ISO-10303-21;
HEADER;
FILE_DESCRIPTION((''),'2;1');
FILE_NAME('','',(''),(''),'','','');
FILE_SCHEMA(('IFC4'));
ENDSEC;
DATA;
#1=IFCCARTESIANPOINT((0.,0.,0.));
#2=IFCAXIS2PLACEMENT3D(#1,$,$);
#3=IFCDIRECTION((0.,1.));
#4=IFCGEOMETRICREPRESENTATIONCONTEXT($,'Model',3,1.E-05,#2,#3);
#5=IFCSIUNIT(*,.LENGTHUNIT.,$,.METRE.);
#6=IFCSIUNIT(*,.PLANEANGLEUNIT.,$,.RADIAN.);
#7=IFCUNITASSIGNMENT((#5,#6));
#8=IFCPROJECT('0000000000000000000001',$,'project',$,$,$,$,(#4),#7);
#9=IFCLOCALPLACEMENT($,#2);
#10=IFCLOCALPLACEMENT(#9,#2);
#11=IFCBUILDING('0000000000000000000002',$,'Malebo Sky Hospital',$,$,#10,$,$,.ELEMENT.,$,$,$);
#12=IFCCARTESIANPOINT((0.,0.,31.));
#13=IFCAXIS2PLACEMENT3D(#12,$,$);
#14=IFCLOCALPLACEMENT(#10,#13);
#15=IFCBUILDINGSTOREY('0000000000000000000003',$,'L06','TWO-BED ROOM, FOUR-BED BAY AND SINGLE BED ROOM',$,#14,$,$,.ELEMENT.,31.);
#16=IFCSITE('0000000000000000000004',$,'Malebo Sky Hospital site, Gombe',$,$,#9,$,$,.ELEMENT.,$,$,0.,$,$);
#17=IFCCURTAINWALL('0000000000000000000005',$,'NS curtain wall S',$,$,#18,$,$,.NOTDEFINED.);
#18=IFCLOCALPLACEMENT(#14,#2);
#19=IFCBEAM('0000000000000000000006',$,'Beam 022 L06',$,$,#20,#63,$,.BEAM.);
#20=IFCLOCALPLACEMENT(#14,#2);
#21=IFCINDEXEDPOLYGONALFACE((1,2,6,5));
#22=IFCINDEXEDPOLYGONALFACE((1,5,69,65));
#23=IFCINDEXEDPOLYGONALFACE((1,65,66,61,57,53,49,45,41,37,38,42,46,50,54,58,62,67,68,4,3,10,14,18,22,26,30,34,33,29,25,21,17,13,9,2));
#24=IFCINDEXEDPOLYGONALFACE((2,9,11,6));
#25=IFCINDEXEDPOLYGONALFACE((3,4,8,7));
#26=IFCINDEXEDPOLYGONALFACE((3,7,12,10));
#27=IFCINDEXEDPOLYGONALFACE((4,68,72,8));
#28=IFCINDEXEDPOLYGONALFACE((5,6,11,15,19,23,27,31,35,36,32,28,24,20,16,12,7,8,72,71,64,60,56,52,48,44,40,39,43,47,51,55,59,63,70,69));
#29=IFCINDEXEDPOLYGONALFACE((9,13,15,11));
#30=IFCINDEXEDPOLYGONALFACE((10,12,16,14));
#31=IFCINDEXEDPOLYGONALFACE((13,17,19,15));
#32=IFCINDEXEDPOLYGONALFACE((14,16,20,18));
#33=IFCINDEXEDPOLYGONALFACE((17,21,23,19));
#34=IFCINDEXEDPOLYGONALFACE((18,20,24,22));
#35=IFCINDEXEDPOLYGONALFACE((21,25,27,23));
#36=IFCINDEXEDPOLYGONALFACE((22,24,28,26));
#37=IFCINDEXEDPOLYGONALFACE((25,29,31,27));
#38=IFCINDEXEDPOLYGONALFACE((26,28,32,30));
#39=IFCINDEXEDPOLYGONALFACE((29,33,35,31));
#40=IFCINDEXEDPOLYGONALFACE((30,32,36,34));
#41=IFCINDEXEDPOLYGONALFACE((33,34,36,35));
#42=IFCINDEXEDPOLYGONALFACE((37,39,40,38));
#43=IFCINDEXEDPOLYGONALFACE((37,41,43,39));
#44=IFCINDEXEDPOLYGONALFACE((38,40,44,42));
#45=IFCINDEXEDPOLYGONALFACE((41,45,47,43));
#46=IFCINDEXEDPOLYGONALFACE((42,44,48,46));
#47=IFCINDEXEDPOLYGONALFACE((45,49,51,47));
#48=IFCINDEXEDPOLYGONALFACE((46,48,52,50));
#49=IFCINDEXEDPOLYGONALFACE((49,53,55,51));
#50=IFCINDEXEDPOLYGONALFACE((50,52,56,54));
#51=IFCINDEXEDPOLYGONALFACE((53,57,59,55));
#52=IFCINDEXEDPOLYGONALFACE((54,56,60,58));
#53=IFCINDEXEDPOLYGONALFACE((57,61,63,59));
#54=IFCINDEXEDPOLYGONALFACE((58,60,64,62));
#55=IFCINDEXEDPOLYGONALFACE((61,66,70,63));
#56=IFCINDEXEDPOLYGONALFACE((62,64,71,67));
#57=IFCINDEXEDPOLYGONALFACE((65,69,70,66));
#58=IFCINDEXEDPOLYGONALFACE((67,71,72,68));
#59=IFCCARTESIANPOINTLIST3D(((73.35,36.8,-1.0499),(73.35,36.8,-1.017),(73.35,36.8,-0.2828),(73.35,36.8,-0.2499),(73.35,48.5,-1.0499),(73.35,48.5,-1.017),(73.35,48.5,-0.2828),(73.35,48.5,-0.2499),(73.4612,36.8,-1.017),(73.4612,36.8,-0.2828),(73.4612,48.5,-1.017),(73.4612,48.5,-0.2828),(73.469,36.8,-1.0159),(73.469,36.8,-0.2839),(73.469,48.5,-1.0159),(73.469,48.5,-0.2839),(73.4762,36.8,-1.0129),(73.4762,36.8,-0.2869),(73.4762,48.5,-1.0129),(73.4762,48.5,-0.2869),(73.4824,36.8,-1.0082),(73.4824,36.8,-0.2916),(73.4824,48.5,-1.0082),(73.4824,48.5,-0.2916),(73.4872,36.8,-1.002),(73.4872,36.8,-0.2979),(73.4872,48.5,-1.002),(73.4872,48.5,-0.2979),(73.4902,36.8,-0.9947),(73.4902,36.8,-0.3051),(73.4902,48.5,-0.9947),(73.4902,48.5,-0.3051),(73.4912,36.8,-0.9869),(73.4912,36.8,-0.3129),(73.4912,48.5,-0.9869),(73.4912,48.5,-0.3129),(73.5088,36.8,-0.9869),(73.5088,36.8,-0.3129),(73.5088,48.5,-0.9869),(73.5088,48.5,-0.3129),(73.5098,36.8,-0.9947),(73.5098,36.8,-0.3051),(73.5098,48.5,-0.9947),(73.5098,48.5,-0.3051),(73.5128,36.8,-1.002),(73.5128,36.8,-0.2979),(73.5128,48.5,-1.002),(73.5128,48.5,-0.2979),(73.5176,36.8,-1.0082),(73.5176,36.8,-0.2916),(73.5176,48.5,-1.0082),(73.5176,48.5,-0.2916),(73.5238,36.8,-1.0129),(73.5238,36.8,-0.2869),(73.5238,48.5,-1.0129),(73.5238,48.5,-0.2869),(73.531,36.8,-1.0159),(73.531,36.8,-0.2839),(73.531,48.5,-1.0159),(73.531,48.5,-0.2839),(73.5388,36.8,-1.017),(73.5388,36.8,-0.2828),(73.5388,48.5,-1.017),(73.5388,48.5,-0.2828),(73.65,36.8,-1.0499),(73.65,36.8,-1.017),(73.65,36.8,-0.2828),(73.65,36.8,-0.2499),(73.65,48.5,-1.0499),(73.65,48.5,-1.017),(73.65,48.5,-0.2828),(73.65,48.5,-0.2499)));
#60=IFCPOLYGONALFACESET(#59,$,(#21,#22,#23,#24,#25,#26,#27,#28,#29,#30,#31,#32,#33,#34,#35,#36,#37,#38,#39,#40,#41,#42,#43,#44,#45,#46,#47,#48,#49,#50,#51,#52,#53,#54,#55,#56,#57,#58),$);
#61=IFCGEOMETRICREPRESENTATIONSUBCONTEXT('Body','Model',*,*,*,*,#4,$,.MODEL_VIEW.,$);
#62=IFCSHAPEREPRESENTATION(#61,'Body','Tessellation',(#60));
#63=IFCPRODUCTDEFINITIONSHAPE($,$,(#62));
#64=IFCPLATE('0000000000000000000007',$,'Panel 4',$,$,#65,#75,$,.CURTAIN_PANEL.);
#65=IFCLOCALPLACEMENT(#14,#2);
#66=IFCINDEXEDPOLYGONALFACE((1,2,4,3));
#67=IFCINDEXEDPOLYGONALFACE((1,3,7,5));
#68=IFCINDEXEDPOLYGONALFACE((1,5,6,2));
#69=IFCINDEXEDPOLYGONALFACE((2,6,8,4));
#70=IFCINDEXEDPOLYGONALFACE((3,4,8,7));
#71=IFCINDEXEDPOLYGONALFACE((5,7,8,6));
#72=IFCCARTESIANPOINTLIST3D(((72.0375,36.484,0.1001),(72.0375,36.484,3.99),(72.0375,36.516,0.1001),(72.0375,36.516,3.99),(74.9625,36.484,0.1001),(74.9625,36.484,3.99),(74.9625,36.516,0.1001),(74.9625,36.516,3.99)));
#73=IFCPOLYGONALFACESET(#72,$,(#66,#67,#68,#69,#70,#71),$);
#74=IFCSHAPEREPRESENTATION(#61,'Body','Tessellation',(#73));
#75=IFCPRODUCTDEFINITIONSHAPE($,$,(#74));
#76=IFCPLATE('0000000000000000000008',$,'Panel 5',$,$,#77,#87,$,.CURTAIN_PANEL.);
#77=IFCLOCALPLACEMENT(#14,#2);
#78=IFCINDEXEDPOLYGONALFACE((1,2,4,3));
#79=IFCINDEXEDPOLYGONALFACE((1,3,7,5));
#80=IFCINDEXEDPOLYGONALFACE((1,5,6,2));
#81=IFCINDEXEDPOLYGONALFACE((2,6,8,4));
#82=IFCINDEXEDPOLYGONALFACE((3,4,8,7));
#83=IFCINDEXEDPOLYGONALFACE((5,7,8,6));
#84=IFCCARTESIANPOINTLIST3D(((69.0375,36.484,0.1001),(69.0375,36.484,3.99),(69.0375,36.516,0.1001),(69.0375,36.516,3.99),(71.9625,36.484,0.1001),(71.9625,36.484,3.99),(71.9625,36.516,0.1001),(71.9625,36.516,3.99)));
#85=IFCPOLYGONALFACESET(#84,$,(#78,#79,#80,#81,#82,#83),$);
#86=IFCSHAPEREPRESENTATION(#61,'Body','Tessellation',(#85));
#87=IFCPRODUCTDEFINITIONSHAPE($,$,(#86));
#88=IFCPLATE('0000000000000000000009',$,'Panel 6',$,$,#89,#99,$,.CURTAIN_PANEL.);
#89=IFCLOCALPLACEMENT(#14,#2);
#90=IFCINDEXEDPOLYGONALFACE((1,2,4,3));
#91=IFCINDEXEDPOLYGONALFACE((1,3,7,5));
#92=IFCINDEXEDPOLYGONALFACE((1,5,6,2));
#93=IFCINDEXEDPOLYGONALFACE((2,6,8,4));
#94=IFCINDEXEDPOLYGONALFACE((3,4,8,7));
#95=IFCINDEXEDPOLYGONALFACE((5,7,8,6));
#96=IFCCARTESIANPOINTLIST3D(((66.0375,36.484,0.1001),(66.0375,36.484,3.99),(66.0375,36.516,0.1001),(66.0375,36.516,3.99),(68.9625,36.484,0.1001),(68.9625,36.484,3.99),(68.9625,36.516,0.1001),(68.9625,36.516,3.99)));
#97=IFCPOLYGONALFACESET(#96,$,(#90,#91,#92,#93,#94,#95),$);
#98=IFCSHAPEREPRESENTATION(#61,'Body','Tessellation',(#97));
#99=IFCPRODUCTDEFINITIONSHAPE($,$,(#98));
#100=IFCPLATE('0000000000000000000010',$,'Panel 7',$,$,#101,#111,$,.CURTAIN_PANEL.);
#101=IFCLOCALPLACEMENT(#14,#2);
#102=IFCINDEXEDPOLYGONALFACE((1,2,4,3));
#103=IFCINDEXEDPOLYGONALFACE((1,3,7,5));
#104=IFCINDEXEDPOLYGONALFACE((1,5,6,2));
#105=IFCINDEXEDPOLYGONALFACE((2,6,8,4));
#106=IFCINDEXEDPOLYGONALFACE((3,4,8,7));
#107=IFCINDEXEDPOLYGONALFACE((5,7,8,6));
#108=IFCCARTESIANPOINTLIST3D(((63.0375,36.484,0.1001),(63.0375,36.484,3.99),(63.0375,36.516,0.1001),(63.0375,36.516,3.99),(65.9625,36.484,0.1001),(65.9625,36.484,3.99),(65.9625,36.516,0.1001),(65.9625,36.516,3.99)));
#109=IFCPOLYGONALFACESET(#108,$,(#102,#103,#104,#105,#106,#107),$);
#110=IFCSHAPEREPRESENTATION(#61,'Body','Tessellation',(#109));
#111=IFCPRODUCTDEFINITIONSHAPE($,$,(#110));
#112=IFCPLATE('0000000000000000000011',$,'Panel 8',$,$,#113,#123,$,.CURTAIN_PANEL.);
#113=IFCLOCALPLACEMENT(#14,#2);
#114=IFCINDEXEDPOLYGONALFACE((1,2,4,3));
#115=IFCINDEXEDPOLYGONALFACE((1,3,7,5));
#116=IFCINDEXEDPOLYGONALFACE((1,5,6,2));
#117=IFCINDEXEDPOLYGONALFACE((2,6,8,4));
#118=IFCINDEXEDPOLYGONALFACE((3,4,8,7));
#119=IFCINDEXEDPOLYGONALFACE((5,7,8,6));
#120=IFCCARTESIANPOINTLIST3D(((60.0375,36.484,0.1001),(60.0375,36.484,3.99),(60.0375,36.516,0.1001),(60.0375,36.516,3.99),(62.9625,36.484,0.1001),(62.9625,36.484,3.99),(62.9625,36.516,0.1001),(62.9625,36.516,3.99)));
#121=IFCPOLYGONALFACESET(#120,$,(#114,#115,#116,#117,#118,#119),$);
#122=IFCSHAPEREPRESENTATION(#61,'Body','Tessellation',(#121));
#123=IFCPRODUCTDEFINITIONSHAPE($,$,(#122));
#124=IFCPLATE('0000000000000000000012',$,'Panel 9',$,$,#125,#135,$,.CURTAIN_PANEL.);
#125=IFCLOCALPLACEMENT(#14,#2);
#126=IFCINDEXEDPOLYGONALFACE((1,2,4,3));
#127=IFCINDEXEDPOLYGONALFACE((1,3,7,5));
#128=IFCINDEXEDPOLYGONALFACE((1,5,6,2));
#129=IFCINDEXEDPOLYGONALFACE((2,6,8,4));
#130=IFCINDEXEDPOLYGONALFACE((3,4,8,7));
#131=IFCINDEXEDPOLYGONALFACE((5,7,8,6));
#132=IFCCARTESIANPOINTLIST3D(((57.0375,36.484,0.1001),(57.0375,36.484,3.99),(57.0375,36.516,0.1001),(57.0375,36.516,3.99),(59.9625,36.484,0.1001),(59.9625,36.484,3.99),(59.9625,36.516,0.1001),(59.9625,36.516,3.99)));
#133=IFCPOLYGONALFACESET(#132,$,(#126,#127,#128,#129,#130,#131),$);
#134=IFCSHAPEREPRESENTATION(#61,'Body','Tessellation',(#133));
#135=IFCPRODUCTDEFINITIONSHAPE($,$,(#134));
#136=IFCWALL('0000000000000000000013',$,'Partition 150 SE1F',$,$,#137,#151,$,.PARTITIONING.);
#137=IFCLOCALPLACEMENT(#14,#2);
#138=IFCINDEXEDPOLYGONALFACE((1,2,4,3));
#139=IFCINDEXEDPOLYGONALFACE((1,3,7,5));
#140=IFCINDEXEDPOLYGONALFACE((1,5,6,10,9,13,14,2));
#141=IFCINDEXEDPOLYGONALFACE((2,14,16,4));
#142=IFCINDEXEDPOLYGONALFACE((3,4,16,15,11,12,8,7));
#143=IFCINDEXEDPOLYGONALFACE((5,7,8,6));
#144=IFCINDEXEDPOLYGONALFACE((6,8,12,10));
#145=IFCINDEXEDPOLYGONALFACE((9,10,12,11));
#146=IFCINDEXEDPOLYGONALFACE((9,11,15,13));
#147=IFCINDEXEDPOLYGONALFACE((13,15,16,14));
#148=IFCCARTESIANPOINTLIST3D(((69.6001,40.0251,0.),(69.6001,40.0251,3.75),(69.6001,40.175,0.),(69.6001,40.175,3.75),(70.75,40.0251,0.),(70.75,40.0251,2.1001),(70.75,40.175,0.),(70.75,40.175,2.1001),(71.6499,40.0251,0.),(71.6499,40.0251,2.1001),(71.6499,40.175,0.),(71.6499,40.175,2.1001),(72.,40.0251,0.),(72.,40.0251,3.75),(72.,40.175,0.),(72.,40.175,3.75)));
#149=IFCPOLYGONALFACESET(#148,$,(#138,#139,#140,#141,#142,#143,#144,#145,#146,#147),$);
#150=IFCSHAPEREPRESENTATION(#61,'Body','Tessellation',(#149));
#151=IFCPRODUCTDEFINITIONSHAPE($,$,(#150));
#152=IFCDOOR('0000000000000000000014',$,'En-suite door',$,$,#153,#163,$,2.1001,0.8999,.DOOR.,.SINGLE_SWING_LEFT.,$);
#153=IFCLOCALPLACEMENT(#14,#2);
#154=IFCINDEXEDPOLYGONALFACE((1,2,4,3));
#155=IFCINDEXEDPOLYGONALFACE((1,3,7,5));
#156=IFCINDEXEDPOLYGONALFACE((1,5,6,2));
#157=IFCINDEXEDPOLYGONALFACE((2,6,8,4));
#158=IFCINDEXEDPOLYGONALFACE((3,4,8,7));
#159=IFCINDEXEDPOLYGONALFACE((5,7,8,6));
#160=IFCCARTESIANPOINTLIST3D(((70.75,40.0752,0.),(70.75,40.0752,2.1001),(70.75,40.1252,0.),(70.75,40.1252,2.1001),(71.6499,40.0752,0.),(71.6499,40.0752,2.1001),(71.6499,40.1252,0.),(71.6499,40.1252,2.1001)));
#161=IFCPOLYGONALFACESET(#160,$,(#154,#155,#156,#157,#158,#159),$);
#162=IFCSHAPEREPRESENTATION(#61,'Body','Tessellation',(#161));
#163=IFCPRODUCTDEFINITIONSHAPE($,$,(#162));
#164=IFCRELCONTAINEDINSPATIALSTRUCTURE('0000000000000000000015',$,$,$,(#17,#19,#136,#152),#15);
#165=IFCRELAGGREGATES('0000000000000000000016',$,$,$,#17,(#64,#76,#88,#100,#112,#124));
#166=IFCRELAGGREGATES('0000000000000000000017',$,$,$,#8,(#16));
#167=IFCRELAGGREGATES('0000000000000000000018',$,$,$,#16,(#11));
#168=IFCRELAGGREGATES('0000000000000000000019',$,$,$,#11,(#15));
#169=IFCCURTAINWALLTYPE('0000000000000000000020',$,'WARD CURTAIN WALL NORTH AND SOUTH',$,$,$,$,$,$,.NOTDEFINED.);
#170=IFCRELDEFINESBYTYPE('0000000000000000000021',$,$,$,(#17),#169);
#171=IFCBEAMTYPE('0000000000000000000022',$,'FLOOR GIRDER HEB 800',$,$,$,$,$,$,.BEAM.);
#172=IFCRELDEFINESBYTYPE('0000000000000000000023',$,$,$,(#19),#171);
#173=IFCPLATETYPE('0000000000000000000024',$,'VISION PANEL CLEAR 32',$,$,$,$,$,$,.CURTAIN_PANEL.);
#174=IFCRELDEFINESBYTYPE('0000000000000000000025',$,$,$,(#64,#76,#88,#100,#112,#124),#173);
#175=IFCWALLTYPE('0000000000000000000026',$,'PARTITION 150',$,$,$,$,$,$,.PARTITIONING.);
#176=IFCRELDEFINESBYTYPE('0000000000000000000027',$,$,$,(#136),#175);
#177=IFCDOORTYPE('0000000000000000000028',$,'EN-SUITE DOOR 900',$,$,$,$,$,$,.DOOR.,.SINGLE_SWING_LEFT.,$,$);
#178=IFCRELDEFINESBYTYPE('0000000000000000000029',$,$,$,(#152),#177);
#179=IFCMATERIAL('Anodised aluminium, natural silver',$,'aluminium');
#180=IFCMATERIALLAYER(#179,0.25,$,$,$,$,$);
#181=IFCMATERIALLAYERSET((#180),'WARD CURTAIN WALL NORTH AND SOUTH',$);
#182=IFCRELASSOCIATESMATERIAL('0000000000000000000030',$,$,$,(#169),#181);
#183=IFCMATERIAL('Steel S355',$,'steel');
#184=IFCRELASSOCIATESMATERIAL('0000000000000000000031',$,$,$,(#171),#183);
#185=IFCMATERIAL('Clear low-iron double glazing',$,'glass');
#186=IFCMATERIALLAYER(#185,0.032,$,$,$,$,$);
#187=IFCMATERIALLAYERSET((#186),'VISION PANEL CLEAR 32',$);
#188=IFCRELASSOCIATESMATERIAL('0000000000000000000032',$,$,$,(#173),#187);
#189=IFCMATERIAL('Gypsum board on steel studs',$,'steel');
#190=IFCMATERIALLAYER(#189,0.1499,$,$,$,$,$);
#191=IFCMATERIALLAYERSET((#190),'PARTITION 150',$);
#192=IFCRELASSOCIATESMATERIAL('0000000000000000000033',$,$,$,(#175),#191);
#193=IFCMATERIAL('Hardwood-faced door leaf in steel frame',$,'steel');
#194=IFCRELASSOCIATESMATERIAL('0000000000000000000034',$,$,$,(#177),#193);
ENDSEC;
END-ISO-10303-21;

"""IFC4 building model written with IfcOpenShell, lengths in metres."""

from ifc_helpers import new_model, si_unit, direction, frame, frame_2d, origin, origin_2d, place, context, subcontext, project, spatial, rectangle, i_section, extrude, material, layer, layer_set, material_profile, profile_set, type_object, element, fill, aggregate, save


model = new_model("IFC4")

# Units and contexts
model_context = context("Model", 3, precision=1e-05, world=origin(), true_north=direction((0.0, 1.0)))
body_context = subcontext(model_context, "Body", "Model", "MODEL_VIEW")
ifc_project = project(units=[si_unit("LENGTHUNIT", "METRE"), si_unit("PLANEANGLEUNIT", "RADIAN")], contexts=[model_context])

# Site, building, storey
site_placement = place(None, origin())
site = spatial("IfcSite", under=ifc_project, at=site_placement, Name="Malebo Sky Hospital site, Gombe", CompositionType="ELEMENT", RefElevation=0.0)
building_placement = place(site_placement, origin())
building = spatial("IfcBuilding", under=site, at=building_placement, Name="Malebo Sky Hospital", CompositionType="ELEMENT")
storey_placement = place(building_placement, frame((0.0, 0.0, 31.0)))
storey = spatial("IfcBuildingStorey", under=building, at=storey_placement, Name="L06", Description="TWO-BED ROOM, FOUR-BED BAY AND SINGLE BED ROOM", CompositionType="ELEMENT", Elevation=31.0)

# Curtain wall
ifc_material_1 = material(Name="Anodised aluminium, natural silver", Category="aluminium")
ifc_layer_1 = layer(ifc_material_1, 0.25)
ifc_layer_set_1 = layer_set([ifc_layer_1], Name="WARD CURTAIN WALL NORTH AND SOUTH")
curtain_wall_type = type_object("IfcCurtainWallType", Name="WARD CURTAIN WALL NORTH AND SOUTH", PredefinedType="NOTDEFINED", material=ifc_layer_set_1)
curtain_wall_placement = place(storey_placement, origin())
curtain_wall = element("IfcCurtainWall", 1, at=curtain_wall_placement, inside=storey, type_object=curtain_wall_type, Name="NS curtain wall S", PredefinedType="NOTDEFINED")

# Beam
ifc_material_2 = material(Name="Steel S355", Category="steel")
ifc_material_profile_1 = material_profile(ifc_material_2, i_section(OverallWidth=0.3, OverallDepth=0.8, WebThickness=0.0176, FlangeThickness=0.033, FilletRadius=0.03, at=origin_2d()), Name="HEB 800")
ifc_profile_set_1 = profile_set([ifc_material_profile_1], Name="Steel S355")
beam_type_1 = type_object("IfcBeamType", Name="FLOOR GIRDER HEB 800", PredefinedType="BEAM", material=ifc_profile_set_1)
beam_1_placement = place(storey_placement, frame((73.5, 36.8, -0.6499), z_axis=(0.0, 1.0, 0.0), x_axis=(-1.0, 0.0, 0.0)))
element("IfcBeam", 2, at=beam_1_placement, inside=storey, type_object=beam_type_1, Name="Beam 022 L06", PredefinedType="BEAM", context=body_context, shape_type="SweptSolid", body=[
    extrude(i_section(OverallWidth=0.3, OverallDepth=0.8, WebThickness=0.0176, FlangeThickness=0.033, FilletRadius=0.03, at=origin_2d()), origin(), (0.0, 0.0, 1.0), 11.7),
])

# Plates
ifc_material_3 = material(Name="Clear low-iron double glazing", Category="glass")
ifc_layer_2 = layer(ifc_material_3, 0.032)
ifc_layer_set_2 = layer_set([ifc_layer_2], Name="VISION PANEL CLEAR 32")
plate_type = type_object("IfcPlateType", Name="VISION PANEL CLEAR 32", PredefinedType="CURTAIN_PANEL", material=ifc_layer_set_2)
plate_1_placement = place(storey_placement, frame((73.5, 36.5, 0.1001), z_axis=(0.0, 0.0, 1.0), x_axis=(-1.0, 0.0, 0.0)))
plate_1 = element("IfcPlate", 3, at=plate_1_placement, type_object=plate_type, Name="Panel 4", PredefinedType="CURTAIN_PANEL", context=body_context, shape_type="SweptSolid", body=[
    extrude(rectangle(XDim=2.925, YDim=0.032, at=origin_2d()), origin(), (0.0, 0.0, 1.0), 3.8899),
])
plate_2_placement = place(storey_placement, frame((70.5, 36.5, 0.1001), z_axis=(0.0, 0.0, 1.0), x_axis=(-1.0, 0.0, 0.0)))
plate_2 = element("IfcPlate", 4, at=plate_2_placement, type_object=plate_type, Name="Panel 5", PredefinedType="CURTAIN_PANEL", context=body_context, shape_type="SweptSolid", body=[
    extrude(rectangle(XDim=2.925, YDim=0.032, at=origin_2d()), origin(), (0.0, 0.0, 1.0), 3.8899),
])
plate_3_placement = place(storey_placement, frame((67.5, 36.5, 0.1001), z_axis=(0.0, 0.0, 1.0), x_axis=(-1.0, 0.0, 0.0)))
plate_3 = element("IfcPlate", 5, at=plate_3_placement, type_object=plate_type, Name="Panel 6", PredefinedType="CURTAIN_PANEL", context=body_context, shape_type="SweptSolid", body=[
    extrude(rectangle(XDim=2.925, YDim=0.032, at=origin_2d()), origin(), (0.0, 0.0, 1.0), 3.8899),
])
plate_4_placement = place(storey_placement, frame((64.5, 36.5, 0.1001), z_axis=(0.0, 0.0, 1.0), x_axis=(-1.0, 0.0, 0.0)))
plate_4 = element("IfcPlate", 6, at=plate_4_placement, type_object=plate_type, Name="Panel 7", PredefinedType="CURTAIN_PANEL", context=body_context, shape_type="SweptSolid", body=[
    extrude(rectangle(XDim=2.925, YDim=0.032, at=origin_2d()), origin(), (0.0, 0.0, 1.0), 3.8899),
])
plate_5_placement = place(storey_placement, frame((61.5, 36.5, 0.1001), z_axis=(0.0, 0.0, 1.0), x_axis=(-1.0, 0.0, 0.0)))
plate_5 = element("IfcPlate", 7, at=plate_5_placement, type_object=plate_type, Name="Panel 8", PredefinedType="CURTAIN_PANEL", context=body_context, shape_type="SweptSolid", body=[
    extrude(rectangle(XDim=2.925, YDim=0.032, at=origin_2d()), origin(), (0.0, 0.0, 1.0), 3.8899),
])
plate_6_placement = place(storey_placement, frame((58.5, 36.5, 0.1001), z_axis=(0.0, 0.0, 1.0), x_axis=(-1.0, 0.0, 0.0)))
plate_6 = element("IfcPlate", 8, at=plate_6_placement, type_object=plate_type, Name="Panel 9", PredefinedType="CURTAIN_PANEL", context=body_context, shape_type="SweptSolid", body=[
    extrude(rectangle(XDim=2.925, YDim=0.032, at=origin_2d()), origin(), (0.0, 0.0, 1.0), 3.8899),
])
aggregate(curtain_wall, [plate_1, plate_2, plate_3, plate_4, plate_5, plate_6])

# Wall, opening, door
ifc_material_4 = material(Name="Gypsum board on steel studs", Category="steel")
ifc_layer_3 = layer(ifc_material_4, 0.1499)
ifc_layer_set_3 = layer_set([ifc_layer_3], Name="PARTITION 150")
wall_type = type_object("IfcWallType", Name="PARTITION 150", PredefinedType="PARTITIONING", material=ifc_layer_set_3)
wall_1_placement = place(storey_placement, frame((72.0, 40.1001, 0.0), z_axis=(0.0, 0.0, 1.0), x_axis=(-1.0, 0.0, 0.0)))
wall_1 = element("IfcWall", 9, at=wall_1_placement, inside=storey, type_object=wall_type, Name="Partition 150 SE1F", PredefinedType="PARTITIONING", context=body_context, shape_type="SweptSolid", body=[
    extrude(rectangle(XDim=2.3999, YDim=0.1499, at=frame_2d((1.2, 0.0))), origin(), (0.0, 0.0, 1.0), 3.75),
])
opening_1_placement = place(wall_1_placement, frame((0.3501, 0.0, 0.0)))
opening_1 = element("IfcOpeningElement", 10, at=opening_1_placement, cuts=wall_1, PredefinedType="OPENING", context=body_context, shape_type="SweptSolid", body=[
    extrude(rectangle(XDim=0.8999, YDim=2.1001, at=frame_2d((0.45, 1.05))), frame((0.0, 0.085, 0.0), z_axis=(0.0, -1.0, 0.0), x_axis=(1.0, 0.0, 0.0)), (0.0, 0.0, 1.0), 0.1699),
])
ifc_material_5 = material(Name="Hardwood-faced door leaf in steel frame", Category="steel")
door_type = type_object("IfcDoorType", Name="EN-SUITE DOOR 900", OperationType="SINGLE_SWING_LEFT", PredefinedType="DOOR", material=ifc_material_5)
door_1_placement = place(opening_1_placement, origin())
door_1 = element("IfcDoor", 11, at=door_1_placement, inside=storey, type_object=door_type, Name="En-suite door", OperationType="SINGLE_SWING_LEFT", OverallHeight=2.1001, OverallWidth=0.8999, PredefinedType="DOOR", context=body_context, shape_type="SweptSolid", body=[
    extrude(rectangle(XDim=0.8999, YDim=2.1001, at=frame_2d((0.45, 1.05))), frame((0.0, 0.0249, 0.0), z_axis=(0.0, -1.0, 0.0), x_axis=(1.0, 0.0, 0.0)), (0.0, 0.0, 1.0), 0.05),
])
fill(opening_1, door_1)

save(model, "model.ifc")
